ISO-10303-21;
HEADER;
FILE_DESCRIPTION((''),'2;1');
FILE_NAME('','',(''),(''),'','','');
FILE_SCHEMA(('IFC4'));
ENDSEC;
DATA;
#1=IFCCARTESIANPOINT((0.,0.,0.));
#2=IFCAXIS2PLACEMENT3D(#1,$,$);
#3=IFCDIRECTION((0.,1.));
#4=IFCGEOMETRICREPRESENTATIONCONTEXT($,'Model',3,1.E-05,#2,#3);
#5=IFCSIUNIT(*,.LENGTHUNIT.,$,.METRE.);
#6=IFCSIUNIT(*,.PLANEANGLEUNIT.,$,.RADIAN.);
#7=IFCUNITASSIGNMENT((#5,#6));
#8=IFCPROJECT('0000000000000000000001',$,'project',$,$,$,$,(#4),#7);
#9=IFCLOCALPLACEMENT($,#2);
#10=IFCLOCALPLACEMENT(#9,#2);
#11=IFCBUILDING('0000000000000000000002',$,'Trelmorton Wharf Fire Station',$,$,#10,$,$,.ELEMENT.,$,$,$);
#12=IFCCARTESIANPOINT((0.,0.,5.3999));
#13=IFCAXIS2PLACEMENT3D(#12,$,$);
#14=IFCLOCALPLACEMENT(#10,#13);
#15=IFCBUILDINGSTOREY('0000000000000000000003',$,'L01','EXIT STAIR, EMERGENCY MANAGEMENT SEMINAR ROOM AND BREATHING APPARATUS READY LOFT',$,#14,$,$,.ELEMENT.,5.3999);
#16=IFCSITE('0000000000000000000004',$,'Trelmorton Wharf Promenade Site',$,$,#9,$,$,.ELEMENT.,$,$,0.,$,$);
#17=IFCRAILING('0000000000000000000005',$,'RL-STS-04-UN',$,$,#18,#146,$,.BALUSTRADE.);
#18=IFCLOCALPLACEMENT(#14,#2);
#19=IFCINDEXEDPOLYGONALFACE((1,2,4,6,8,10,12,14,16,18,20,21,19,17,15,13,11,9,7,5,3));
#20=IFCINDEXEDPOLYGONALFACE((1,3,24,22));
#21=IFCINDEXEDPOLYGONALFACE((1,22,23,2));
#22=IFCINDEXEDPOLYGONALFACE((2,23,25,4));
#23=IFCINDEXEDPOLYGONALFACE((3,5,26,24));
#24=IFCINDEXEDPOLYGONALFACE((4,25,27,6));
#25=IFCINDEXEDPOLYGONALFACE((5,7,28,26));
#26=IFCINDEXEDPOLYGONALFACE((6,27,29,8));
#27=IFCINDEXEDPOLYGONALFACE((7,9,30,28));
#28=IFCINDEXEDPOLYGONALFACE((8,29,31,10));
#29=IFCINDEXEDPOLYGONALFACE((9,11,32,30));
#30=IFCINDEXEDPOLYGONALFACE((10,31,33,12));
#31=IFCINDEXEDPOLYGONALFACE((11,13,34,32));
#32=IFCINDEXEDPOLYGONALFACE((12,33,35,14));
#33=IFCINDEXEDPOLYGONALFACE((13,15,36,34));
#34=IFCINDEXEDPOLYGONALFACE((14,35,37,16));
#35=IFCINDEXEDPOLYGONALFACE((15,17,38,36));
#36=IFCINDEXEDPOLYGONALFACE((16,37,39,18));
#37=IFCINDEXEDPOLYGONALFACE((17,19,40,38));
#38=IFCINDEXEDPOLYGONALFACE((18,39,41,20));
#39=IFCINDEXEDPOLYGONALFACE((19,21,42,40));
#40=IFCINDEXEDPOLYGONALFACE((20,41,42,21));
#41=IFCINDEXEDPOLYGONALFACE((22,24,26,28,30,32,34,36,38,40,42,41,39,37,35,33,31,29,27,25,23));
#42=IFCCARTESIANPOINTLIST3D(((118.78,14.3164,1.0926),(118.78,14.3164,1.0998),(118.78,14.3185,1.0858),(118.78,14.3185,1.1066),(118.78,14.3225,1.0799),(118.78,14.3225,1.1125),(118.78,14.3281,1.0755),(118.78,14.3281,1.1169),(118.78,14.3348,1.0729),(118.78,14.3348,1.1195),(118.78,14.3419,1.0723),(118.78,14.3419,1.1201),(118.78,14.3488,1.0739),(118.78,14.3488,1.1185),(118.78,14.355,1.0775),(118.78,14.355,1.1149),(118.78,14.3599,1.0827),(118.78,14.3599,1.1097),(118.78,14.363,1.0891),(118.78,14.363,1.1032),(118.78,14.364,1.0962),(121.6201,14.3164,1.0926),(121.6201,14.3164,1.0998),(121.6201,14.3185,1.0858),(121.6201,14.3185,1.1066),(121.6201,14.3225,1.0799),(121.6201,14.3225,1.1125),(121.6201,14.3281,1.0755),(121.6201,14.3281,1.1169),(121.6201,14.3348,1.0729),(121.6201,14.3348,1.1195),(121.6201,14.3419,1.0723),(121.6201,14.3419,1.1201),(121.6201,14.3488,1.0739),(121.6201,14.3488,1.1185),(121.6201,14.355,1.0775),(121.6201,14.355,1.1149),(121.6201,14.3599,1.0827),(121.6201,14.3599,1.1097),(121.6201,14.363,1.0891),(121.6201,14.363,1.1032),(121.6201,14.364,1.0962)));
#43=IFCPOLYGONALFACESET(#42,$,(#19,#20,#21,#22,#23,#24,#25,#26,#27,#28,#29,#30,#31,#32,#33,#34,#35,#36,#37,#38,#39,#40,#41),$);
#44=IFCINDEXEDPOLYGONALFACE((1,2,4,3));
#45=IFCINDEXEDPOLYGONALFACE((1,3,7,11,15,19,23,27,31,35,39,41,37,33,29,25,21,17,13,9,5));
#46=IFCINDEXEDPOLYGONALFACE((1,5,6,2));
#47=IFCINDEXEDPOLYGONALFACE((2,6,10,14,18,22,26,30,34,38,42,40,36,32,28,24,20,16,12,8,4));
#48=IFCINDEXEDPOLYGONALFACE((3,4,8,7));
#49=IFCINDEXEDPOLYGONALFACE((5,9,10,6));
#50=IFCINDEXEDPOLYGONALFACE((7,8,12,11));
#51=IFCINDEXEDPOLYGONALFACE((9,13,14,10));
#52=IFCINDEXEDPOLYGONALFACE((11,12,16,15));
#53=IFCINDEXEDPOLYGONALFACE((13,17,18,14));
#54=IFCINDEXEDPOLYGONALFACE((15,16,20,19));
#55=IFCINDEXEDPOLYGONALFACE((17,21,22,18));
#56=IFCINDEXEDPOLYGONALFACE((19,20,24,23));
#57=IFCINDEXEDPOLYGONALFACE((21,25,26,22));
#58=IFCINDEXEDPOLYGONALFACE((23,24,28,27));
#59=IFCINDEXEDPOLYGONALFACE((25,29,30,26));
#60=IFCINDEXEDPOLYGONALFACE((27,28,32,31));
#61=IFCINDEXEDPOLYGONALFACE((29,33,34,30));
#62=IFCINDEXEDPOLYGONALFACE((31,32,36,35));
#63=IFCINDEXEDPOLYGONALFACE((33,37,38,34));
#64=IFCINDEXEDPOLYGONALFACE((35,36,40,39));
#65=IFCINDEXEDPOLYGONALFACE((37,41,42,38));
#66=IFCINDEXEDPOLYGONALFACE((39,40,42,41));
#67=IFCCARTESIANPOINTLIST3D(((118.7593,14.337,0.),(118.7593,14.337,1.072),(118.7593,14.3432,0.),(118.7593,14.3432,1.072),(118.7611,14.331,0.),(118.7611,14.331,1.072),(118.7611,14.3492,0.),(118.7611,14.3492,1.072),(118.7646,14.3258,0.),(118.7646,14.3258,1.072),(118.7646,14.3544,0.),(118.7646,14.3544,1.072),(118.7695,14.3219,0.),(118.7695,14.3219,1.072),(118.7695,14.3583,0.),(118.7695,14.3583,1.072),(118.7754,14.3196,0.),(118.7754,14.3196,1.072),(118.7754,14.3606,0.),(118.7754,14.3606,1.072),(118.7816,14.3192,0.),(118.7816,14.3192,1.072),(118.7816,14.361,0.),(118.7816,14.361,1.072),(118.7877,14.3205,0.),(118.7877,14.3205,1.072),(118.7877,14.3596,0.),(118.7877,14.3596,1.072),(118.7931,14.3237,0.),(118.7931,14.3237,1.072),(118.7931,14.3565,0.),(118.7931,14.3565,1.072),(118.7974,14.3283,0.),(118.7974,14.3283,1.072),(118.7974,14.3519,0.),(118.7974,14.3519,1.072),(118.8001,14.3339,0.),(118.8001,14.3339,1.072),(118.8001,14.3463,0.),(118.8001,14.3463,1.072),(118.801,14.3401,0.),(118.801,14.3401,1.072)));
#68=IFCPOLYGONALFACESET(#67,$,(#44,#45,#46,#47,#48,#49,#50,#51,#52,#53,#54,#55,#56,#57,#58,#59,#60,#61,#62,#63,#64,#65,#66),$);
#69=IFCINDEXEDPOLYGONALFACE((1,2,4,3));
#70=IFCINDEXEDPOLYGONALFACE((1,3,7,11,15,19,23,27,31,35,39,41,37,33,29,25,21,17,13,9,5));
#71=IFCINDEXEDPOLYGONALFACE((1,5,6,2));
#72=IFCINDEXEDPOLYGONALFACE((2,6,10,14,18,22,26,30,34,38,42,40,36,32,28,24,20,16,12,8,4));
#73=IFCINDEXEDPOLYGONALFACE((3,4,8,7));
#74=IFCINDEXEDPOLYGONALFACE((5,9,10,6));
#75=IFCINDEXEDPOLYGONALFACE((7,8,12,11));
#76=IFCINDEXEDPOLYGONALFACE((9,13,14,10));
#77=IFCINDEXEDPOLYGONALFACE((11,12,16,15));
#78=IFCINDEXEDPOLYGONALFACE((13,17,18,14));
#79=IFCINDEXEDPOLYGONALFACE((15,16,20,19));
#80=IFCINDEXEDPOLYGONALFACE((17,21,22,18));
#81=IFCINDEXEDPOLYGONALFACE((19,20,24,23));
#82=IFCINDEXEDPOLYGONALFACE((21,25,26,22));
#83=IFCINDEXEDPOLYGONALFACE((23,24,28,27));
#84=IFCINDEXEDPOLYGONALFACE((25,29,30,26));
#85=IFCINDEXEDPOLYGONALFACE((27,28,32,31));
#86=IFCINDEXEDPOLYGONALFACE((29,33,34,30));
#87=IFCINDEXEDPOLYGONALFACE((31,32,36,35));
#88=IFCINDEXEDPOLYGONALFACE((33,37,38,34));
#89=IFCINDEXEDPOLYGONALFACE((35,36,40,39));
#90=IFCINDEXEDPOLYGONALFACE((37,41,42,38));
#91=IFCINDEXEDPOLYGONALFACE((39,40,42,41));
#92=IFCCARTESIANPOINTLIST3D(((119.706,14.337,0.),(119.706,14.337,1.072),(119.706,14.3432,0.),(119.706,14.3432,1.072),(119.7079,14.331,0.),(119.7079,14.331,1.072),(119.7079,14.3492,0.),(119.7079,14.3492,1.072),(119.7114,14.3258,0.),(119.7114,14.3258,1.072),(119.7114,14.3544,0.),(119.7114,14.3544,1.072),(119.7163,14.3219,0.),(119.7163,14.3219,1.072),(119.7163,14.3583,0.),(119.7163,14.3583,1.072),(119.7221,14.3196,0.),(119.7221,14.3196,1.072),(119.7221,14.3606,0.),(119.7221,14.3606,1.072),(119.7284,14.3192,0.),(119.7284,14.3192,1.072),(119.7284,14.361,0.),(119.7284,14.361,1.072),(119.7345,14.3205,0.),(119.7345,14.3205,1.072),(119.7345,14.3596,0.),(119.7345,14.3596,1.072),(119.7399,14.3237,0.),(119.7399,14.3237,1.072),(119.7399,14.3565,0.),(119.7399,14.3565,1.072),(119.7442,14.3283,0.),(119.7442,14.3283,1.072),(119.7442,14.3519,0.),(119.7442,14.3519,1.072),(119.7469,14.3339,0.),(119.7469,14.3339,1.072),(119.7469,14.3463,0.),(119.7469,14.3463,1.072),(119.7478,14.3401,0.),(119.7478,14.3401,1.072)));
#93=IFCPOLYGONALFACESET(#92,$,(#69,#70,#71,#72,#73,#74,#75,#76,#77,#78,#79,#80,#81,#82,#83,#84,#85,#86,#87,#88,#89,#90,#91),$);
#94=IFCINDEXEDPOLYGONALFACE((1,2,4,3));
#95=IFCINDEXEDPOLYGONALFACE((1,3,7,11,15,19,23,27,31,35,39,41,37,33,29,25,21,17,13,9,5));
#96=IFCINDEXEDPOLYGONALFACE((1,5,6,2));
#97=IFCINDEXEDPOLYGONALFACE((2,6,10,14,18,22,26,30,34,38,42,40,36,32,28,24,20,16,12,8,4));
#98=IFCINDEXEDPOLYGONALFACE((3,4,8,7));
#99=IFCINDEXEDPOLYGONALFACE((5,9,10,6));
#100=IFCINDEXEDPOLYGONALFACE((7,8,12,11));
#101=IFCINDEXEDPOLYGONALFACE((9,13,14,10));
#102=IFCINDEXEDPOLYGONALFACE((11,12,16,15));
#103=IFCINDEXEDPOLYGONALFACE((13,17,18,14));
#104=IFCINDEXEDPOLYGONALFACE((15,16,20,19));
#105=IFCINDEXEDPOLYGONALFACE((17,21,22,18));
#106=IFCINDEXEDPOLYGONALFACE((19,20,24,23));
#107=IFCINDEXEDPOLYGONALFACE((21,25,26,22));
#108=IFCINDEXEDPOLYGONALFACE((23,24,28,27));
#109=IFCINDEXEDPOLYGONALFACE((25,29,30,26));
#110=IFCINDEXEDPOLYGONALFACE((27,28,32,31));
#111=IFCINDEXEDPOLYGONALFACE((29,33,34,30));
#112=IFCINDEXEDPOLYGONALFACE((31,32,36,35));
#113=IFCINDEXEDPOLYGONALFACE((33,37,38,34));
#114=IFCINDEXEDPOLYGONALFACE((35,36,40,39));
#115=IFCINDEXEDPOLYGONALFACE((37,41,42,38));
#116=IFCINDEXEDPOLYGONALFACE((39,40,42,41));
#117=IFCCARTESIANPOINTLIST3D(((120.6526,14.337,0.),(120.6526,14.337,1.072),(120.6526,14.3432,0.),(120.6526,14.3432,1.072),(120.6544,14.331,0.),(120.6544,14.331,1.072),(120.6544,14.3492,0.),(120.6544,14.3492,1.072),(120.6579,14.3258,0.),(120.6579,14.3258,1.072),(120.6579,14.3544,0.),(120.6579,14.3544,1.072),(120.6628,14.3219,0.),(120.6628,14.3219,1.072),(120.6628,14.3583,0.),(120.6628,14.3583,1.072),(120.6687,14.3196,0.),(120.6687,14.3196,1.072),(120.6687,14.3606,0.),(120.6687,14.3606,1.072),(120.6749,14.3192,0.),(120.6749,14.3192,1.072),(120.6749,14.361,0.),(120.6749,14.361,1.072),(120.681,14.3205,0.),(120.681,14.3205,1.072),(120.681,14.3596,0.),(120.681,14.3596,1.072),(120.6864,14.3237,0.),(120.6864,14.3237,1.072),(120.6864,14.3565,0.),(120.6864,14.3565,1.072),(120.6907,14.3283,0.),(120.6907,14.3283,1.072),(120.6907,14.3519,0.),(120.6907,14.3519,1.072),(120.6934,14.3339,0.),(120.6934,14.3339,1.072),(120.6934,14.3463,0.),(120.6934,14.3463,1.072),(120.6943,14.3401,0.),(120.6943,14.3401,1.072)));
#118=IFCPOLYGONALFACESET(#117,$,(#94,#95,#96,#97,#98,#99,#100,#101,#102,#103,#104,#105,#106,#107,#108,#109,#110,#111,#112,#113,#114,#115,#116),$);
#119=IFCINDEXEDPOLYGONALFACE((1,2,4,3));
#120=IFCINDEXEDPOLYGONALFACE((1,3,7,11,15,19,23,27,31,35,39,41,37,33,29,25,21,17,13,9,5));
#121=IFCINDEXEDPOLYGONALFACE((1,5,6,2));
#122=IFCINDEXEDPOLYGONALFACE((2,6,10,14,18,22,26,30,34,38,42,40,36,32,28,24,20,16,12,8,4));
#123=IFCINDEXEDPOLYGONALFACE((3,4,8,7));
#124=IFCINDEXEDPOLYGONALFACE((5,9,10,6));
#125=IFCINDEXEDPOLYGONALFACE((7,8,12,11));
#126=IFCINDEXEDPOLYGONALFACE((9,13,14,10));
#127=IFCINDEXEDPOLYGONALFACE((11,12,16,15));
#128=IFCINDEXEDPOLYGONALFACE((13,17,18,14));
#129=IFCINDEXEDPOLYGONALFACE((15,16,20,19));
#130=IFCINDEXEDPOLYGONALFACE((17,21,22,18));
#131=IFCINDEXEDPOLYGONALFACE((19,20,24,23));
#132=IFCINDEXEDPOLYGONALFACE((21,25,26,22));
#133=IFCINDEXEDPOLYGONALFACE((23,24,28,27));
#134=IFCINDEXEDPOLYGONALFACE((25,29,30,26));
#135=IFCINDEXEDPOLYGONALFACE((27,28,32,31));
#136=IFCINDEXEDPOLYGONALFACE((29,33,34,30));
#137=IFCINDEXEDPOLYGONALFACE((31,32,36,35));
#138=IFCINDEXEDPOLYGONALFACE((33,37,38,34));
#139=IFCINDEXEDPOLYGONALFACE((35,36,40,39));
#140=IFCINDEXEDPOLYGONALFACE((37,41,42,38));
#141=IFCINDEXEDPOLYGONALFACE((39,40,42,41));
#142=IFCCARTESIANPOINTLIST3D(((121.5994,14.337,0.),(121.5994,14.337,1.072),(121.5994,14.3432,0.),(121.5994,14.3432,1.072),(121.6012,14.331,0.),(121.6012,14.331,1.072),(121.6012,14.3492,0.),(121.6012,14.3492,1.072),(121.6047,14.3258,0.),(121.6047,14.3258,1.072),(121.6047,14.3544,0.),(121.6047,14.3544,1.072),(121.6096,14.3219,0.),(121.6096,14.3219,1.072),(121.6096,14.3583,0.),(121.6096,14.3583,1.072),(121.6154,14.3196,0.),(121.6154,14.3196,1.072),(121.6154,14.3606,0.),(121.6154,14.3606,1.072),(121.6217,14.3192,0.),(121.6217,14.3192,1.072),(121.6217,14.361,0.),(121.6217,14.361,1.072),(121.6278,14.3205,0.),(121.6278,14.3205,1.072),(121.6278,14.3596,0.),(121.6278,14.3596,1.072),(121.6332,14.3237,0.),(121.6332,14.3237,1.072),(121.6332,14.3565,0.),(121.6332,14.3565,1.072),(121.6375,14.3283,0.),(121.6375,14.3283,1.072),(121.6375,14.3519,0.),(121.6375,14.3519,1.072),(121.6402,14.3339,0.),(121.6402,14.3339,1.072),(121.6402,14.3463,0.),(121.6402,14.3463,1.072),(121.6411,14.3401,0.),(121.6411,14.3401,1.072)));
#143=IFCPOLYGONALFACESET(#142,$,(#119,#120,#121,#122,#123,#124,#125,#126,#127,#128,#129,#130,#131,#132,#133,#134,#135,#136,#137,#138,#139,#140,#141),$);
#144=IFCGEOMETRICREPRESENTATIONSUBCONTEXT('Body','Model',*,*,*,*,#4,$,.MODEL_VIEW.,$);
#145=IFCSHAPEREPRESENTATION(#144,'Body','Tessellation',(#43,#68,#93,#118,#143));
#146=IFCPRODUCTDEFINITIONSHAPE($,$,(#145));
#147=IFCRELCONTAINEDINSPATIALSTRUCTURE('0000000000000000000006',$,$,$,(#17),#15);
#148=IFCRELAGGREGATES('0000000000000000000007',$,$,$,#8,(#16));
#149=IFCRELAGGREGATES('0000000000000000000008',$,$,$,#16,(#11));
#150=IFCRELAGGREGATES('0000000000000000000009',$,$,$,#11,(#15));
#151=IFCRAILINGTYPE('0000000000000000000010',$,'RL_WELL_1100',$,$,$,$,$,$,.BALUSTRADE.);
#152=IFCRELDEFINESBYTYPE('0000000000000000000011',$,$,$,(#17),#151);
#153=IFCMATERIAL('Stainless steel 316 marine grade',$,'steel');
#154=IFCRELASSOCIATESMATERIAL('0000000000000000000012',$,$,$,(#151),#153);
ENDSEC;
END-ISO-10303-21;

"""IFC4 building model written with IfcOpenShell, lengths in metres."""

from ifc_helpers import new_model, si_unit, direction, frame, origin, origin_2d, place, context, subcontext, project, spatial, circle, extrude, material, type_object, element, save


model = new_model("IFC4")

# Units and contexts
model_context = context("Model", 3, precision=1e-05, world=origin(), true_north=direction((0.0, 1.0)))
body_context = subcontext(model_context, "Body", "Model", "MODEL_VIEW")
ifc_project = project(units=[si_unit("LENGTHUNIT", "METRE"), si_unit("PLANEANGLEUNIT", "RADIAN")], contexts=[model_context])

# Site, building, storey
site_placement = place(None, origin())
site = spatial("IfcSite", under=ifc_project, at=site_placement, Name="Trelmorton Wharf Promenade Site", CompositionType="ELEMENT", RefElevation=0.0)
building_placement = place(site_placement, origin())
building = spatial("IfcBuilding", under=site, at=building_placement, Name="Trelmorton Wharf Fire Station", CompositionType="ELEMENT")
storey_placement = place(building_placement, frame((0.0, 0.0, 5.3999)))
storey = spatial("IfcBuildingStorey", under=building, at=storey_placement, Name="L01", Description="EXIT STAIR, EMERGENCY MANAGEMENT SEMINAR ROOM AND BREATHING APPARATUS READY LOFT", CompositionType="ELEMENT", Elevation=5.3999)

# Railing
ifc_material_1 = material(Name="Stainless steel 316 marine grade", Category="steel")
railing_type = type_object("IfcRailingType", Name="RL_WELL_1100", PredefinedType="BALUSTRADE", material=ifc_material_1)
railing_1_placement = place(storey_placement, frame((118.78, 14.3401, 0.0)))
element("IfcRailing", 1, at=railing_1_placement, inside=storey, type_object=railing_type, Name="RL-STS-04-UN", PredefinedType="BALUSTRADE", context=body_context, shape_type="SweptSolid", body=[
    extrude(circle(Radius=0.0239, at=origin_2d()), frame((0.0, 0.0, 1.0962), z_axis=(1.0, 0.0, 0.0), x_axis=(0.0, 1.0, 0.0)), (0.0, 0.0, 1.0), 2.8401),
    extrude(circle(Radius=0.021, at=origin_2d()), origin(), (0.0, 0.0, 1.0), 1.072),
    extrude(circle(Radius=0.021, at=origin_2d()), frame((0.9468, 0.0, 0.0)), (0.0, 0.0, 1.0), 1.072),
    extrude(circle(Radius=0.021, at=origin_2d()), frame((1.8933, 0.0, 0.0)), (0.0, 0.0, 1.0), 1.072),
    extrude(circle(Radius=0.021, at=origin_2d()), frame((2.8401, 0.0, 0.0)), (0.0, 0.0, 1.0), 1.072),
])

save(model, "model.ifc")
